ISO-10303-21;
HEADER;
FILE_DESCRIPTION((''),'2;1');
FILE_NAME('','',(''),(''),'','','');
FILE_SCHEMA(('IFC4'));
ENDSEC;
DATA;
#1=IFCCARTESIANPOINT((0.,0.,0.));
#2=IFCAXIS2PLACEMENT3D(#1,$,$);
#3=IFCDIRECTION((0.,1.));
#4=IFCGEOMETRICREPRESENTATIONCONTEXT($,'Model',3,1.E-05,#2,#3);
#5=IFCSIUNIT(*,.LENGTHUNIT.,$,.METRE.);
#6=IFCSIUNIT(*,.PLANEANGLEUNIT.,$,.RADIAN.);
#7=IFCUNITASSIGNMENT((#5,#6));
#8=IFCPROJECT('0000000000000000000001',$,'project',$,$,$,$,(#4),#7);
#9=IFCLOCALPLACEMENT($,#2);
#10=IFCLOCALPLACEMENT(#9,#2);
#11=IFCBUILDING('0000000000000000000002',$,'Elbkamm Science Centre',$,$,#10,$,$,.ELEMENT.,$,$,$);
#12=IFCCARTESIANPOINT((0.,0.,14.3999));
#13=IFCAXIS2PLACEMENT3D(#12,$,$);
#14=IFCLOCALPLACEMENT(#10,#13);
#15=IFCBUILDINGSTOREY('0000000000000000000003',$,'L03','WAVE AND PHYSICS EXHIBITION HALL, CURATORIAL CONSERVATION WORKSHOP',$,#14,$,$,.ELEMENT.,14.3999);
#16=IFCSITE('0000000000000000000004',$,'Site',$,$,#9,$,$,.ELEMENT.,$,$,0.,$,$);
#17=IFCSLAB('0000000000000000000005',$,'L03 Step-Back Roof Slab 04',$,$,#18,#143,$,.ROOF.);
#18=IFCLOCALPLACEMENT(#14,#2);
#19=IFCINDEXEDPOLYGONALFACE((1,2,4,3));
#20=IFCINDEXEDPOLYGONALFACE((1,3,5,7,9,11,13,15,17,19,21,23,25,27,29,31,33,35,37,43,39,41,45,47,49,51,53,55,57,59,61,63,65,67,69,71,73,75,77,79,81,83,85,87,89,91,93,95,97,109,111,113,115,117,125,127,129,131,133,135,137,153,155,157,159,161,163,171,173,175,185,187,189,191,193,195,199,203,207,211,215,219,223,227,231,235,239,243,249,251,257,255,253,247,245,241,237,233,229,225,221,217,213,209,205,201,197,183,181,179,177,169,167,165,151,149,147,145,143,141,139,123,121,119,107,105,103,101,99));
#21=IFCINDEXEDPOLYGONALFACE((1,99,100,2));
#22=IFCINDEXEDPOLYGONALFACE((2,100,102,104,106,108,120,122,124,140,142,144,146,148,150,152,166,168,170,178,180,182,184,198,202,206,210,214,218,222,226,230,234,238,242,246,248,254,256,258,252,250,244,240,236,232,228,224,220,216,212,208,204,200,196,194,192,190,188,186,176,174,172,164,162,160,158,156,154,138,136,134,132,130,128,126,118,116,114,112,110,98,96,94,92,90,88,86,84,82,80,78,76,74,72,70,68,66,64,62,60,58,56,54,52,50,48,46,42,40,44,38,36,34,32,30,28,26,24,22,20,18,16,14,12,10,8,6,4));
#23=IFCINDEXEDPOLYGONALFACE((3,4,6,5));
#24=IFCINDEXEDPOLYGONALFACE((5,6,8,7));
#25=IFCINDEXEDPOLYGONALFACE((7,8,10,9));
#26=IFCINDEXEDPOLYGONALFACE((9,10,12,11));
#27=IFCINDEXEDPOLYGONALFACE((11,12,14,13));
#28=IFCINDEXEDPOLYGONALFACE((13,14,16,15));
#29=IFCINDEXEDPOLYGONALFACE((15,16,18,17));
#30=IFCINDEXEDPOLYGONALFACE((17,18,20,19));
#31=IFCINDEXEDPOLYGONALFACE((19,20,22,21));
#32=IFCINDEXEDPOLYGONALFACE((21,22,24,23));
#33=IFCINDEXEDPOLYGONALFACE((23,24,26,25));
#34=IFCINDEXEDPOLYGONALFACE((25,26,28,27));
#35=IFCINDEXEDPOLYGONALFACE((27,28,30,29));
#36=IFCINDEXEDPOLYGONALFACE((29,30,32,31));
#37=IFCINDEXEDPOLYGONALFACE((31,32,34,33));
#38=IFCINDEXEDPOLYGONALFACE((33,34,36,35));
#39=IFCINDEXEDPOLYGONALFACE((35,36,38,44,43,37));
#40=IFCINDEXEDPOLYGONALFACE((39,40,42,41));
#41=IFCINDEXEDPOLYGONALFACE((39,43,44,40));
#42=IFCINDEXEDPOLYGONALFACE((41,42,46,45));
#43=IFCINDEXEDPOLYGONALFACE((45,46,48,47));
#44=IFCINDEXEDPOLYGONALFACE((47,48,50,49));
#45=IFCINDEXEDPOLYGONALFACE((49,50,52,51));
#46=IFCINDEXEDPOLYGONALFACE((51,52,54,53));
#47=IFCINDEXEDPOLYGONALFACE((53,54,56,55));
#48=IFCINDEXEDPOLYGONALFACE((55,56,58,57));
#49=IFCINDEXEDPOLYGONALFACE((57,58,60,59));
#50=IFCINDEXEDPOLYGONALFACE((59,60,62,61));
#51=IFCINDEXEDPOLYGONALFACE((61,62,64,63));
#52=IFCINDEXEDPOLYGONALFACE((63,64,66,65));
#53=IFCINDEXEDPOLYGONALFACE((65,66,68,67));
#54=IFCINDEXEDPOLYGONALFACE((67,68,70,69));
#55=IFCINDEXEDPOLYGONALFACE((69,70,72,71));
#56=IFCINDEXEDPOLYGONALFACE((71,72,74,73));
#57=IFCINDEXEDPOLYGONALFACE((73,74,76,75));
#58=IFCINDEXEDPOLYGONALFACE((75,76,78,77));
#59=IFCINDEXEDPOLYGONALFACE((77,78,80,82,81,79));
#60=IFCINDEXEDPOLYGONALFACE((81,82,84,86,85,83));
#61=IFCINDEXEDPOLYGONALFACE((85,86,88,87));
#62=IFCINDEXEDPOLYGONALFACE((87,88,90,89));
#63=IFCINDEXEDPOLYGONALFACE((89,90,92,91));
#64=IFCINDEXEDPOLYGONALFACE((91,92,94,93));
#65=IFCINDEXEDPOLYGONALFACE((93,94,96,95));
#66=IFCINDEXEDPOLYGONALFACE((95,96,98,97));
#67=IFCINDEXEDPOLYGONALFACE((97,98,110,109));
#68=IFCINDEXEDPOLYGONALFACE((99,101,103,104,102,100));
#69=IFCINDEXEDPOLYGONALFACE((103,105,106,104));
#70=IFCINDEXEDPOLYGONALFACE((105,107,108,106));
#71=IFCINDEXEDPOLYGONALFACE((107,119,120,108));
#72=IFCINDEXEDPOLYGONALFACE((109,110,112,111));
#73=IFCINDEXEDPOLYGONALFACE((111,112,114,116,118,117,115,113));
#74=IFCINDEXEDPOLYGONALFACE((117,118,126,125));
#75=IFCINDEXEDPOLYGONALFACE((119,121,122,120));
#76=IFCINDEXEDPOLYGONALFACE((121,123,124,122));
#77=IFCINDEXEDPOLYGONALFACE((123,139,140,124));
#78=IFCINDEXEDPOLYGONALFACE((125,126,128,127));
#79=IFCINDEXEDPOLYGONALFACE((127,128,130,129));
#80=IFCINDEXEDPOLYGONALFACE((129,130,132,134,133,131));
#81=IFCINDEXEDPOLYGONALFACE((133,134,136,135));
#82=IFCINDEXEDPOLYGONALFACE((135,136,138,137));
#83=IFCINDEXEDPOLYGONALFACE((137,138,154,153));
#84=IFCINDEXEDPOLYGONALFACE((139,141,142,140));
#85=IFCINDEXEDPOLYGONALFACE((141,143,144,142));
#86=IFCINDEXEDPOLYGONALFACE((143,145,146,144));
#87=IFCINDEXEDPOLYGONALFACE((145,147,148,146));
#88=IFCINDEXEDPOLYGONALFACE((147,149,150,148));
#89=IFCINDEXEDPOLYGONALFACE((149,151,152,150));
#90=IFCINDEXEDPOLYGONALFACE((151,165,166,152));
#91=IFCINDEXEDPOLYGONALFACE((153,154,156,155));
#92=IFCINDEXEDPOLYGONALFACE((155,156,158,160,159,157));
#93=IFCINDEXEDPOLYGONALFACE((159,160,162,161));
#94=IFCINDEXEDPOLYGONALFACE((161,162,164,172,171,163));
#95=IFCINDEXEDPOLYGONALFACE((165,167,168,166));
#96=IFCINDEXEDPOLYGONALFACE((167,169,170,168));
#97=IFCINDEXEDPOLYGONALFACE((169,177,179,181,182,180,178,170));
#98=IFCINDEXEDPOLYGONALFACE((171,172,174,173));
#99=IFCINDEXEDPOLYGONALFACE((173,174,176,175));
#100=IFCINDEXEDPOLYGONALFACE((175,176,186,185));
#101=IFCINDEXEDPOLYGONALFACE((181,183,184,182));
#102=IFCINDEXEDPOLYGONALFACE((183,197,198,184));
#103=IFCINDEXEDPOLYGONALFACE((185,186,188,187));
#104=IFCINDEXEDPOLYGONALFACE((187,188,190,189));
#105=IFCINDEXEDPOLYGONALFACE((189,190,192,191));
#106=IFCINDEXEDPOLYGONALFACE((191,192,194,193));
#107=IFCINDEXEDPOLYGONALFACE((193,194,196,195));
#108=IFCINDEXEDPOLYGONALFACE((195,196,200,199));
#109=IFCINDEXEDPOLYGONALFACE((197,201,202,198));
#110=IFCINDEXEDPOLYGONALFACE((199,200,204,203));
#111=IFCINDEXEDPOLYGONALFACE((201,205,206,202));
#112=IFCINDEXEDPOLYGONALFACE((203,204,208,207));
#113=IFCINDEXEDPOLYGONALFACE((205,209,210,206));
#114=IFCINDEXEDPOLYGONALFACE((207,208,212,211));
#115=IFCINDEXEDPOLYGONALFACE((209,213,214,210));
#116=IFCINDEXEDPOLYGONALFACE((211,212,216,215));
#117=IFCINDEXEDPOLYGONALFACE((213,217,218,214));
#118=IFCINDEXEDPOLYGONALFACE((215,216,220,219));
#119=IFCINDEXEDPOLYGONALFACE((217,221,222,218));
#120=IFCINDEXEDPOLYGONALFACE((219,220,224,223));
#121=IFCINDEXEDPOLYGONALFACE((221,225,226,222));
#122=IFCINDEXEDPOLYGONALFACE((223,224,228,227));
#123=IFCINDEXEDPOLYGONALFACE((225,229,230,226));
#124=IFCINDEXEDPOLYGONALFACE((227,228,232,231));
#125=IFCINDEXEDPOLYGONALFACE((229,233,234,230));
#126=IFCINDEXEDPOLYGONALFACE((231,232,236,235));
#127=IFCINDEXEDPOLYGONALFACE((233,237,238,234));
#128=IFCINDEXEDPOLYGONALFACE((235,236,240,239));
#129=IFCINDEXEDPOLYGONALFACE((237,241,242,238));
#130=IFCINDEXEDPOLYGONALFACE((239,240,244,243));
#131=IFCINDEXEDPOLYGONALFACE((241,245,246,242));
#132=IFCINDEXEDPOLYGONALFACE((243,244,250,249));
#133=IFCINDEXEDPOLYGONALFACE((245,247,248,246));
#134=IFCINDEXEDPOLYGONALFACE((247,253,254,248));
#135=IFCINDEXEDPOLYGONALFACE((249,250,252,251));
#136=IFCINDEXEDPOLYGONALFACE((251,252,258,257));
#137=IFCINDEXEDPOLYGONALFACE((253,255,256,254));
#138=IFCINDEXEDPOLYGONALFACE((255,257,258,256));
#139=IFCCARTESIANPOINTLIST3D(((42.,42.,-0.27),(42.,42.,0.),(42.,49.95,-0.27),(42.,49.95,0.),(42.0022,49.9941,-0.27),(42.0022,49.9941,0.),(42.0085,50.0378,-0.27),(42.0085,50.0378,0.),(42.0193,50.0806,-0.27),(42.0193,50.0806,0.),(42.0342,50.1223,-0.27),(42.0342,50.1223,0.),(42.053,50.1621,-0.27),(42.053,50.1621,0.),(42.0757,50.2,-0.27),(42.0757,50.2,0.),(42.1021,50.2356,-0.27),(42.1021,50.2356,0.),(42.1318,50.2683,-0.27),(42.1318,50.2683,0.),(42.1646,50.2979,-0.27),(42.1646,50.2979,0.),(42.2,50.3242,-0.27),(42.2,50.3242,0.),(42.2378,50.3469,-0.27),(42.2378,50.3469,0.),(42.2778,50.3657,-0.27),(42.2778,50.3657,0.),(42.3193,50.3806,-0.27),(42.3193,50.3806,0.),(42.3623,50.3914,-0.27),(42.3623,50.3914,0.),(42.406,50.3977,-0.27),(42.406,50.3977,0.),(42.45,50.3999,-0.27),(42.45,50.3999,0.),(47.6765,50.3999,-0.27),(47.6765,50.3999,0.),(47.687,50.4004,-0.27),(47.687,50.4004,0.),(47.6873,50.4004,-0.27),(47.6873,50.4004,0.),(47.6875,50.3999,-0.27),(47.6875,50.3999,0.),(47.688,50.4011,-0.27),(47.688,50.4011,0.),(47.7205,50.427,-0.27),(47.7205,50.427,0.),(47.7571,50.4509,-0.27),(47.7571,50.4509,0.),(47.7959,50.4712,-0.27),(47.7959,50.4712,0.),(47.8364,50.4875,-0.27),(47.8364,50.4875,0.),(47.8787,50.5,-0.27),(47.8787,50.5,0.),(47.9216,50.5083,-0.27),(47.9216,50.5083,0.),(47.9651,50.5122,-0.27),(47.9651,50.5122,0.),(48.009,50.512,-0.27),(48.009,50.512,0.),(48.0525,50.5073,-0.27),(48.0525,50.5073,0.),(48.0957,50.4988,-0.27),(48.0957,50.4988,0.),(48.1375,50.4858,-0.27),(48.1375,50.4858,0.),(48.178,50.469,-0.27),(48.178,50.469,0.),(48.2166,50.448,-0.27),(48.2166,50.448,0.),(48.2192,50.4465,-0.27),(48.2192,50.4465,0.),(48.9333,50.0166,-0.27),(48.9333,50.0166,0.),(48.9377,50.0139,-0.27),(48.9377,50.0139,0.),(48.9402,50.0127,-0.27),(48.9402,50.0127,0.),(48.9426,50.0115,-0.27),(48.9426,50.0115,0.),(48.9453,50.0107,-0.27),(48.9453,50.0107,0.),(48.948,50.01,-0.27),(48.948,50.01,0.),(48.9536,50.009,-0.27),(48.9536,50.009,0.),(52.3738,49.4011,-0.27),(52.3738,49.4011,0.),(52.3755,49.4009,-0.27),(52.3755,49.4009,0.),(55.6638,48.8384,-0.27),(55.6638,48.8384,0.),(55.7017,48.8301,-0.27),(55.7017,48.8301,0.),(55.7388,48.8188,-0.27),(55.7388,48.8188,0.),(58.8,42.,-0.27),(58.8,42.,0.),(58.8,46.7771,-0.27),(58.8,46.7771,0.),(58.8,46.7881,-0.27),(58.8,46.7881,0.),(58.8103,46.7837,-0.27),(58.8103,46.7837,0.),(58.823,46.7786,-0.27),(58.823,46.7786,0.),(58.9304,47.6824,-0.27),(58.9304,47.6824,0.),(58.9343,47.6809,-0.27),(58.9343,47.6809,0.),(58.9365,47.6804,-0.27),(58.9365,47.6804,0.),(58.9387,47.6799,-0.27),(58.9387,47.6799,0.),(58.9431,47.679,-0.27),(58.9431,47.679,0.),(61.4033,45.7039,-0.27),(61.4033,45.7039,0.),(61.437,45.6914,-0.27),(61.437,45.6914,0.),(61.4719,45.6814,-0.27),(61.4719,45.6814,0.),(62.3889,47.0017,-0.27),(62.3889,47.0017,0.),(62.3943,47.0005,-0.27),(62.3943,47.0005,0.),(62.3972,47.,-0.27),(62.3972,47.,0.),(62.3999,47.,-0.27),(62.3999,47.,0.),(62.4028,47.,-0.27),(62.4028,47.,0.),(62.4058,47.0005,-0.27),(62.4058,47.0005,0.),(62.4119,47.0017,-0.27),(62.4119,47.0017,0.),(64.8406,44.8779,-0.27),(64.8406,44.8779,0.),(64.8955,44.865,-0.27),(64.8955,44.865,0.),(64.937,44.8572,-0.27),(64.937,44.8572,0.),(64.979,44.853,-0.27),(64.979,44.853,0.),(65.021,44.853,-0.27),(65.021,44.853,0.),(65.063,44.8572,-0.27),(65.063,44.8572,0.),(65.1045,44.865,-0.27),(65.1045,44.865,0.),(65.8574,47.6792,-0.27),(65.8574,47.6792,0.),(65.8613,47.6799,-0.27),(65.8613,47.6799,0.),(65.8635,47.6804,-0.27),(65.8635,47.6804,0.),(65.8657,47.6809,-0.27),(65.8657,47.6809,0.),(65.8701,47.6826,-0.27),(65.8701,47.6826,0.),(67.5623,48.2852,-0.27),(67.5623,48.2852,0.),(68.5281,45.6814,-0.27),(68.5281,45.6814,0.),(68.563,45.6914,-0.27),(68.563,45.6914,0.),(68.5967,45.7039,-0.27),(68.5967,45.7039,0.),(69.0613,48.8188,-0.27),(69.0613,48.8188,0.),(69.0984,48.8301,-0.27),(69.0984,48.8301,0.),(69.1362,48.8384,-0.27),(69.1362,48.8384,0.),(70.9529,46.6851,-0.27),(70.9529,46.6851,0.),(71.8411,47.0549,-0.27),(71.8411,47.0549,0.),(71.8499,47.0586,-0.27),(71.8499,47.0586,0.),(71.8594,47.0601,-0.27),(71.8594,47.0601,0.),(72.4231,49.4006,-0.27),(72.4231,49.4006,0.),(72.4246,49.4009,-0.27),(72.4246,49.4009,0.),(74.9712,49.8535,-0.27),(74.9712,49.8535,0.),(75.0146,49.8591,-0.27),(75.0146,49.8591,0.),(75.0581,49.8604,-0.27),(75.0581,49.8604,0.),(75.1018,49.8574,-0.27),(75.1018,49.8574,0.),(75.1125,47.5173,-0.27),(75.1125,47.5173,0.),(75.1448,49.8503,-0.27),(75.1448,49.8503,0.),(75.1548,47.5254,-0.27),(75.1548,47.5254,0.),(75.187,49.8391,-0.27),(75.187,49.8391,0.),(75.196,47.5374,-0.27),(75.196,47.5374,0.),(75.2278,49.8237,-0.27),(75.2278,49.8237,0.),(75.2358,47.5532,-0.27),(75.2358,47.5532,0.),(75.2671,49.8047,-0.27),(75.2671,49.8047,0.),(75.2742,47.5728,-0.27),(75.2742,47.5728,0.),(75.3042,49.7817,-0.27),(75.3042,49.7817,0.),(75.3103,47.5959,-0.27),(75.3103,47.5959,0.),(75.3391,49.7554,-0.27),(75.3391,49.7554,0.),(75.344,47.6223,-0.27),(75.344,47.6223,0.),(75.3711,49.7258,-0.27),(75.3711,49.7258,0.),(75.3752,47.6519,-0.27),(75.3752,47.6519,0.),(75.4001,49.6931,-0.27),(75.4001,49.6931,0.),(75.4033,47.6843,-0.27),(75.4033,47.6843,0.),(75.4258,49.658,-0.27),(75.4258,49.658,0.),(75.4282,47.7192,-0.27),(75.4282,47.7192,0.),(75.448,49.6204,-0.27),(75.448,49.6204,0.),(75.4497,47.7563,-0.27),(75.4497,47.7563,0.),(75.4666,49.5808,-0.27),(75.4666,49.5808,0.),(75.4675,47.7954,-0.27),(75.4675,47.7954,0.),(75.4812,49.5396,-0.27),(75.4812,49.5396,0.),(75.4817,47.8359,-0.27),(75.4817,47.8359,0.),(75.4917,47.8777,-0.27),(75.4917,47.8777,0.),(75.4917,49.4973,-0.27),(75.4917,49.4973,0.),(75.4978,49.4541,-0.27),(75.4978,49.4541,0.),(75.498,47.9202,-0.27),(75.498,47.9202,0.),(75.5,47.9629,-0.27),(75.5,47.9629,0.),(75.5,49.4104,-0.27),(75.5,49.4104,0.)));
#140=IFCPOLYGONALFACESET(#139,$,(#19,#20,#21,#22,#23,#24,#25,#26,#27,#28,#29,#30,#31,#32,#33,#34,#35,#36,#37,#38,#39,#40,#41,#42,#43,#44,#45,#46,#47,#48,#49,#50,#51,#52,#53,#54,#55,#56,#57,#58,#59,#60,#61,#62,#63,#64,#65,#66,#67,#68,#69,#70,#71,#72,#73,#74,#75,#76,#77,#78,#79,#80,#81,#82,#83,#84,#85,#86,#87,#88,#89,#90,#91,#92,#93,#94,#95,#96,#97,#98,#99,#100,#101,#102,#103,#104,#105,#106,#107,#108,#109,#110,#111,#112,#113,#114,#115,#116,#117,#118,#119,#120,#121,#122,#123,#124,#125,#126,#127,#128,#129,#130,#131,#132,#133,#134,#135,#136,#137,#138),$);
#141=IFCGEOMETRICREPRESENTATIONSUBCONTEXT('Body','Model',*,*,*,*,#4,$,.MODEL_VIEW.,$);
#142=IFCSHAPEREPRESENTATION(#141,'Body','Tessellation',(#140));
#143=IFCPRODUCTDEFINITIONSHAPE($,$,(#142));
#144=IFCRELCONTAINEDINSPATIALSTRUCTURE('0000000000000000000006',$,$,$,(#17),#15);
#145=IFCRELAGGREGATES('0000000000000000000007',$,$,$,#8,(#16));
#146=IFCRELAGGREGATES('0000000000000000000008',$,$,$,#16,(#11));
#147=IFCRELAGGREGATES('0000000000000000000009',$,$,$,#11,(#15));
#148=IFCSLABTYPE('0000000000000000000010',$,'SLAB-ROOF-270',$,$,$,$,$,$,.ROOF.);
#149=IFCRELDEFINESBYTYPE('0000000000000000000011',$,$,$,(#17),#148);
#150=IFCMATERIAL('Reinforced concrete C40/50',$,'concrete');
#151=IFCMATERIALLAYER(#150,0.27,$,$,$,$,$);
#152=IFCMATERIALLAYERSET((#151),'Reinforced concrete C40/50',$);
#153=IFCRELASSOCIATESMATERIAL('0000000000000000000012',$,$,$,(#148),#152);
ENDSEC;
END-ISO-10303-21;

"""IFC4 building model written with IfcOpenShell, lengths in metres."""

from ifc_helpers import new_model, si_unit, direction, frame, origin, place, context, subcontext, project, spatial, polyline, outline, extrude, material, layer, layer_set, type_object, element, save


model = new_model("IFC4")

# Units and contexts
model_context = context("Model", 3, precision=1e-05, world=origin(), true_north=direction((0.0, 1.0)))
body_context = subcontext(model_context, "Body", "Model", "MODEL_VIEW")
ifc_project = project(units=[si_unit("LENGTHUNIT", "METRE"), si_unit("PLANEANGLEUNIT", "RADIAN")], contexts=[model_context])

# Site, building, storey
site_placement = place(None, origin())
site = spatial("IfcSite", under=ifc_project, at=site_placement, Name="Site", CompositionType="ELEMENT", RefElevation=0.0)
building_placement = place(site_placement, origin())
building = spatial("IfcBuilding", under=site, at=building_placement, Name="Elbkamm Science Centre", CompositionType="ELEMENT")
storey_placement = place(building_placement, frame((0.0, 0.0, 14.3999)))
storey = spatial("IfcBuildingStorey", under=building, at=storey_placement, Name="L03", Description="WAVE AND PHYSICS EXHIBITION HALL, CURATORIAL CONSERVATION WORKSHOP", CompositionType="ELEMENT", Elevation=14.3999)

# Shared definitions
ifc_material_1 = material(Name="Reinforced concrete C40/50", Category="concrete")

# Shared definitions
ifc_layer_1 = layer(ifc_material_1, 0.27)
ifc_layer_set_1 = layer_set([ifc_layer_1], Name="Reinforced concrete C40/50")
slab_type_1 = type_object("IfcSlabType", Name="SLAB-ROOF-270", PredefinedType="ROOF", material=ifc_layer_set_1)

# Slab
slab_1_placement = place(storey_placement, frame((0.0, 0.0, -0.27)))
element("IfcSlab", 1, at=slab_1_placement, inside=storey, type_object=slab_type_1, Name="L03 Step-Back Roof Slab 04", PredefinedType="ROOF", context=body_context, shape_type="SweptSolid", body=[
    extrude(outline(polyline([(42.0, 49.95), (42.0022, 49.9941), (42.0085, 50.0378), (42.0193, 50.0806), (42.0342, 50.1223), (42.053, 50.1621), (42.0757, 50.2), (42.1021, 50.2356), (42.1318, 50.2683), (42.1646, 50.2979), (42.2, 50.3242), (42.2378, 50.3469), (42.2778, 50.3657), (42.3193, 50.3806), (42.3623, 50.3914), (42.406, 50.3977), (42.45, 50.3999), (47.6765, 50.3999), (47.6875, 50.3999), (47.687, 50.4004), (47.6873, 50.4004), (47.688, 50.4011), (47.7205, 50.427), (47.7571, 50.4509), (47.7959, 50.4712), (47.8364, 50.4875), (47.8787, 50.5), (47.9216, 50.5083), (47.9651, 50.5122), (48.009, 50.512), (48.0525, 50.5073), (48.0957, 50.4988), (48.1375, 50.4858), (48.178, 50.469), (48.2166, 50.448), (48.2192, 50.4465), (48.9333, 50.0166), (48.9377, 50.0139), (48.9402, 50.0127), (48.9426, 50.0115), (48.9453, 50.0107), (48.948, 50.01), (48.9536, 50.009), (52.3738, 49.4011), (52.3755, 49.4009), (52.3755, 49.4009), (55.6638, 48.8384), (55.6638, 48.8384), (55.7017, 48.8301), (55.7388, 48.8188), (58.9304, 47.6824), (58.9343, 47.6809), (58.9365, 47.6804), (58.9387, 47.6799), (58.9431, 47.679), (62.3889, 47.0017), (62.3943, 47.0005), (62.3972, 47.0), (62.3999, 47.0), (62.4028, 47.0), (62.4058, 47.0005), (62.4119, 47.0017), (65.8574, 47.6792), (65.8613, 47.6799), (65.8635, 47.6804), (65.8657, 47.6809), (65.8701, 47.6826), (67.5623, 48.2852), (69.0613, 48.8188), (69.0984, 48.8301), (69.1362, 48.8384), (72.4231, 49.4006), (72.4246, 49.4009), (72.4246, 49.4009), (74.9712, 49.8535), (74.9712, 49.8535), (75.0146, 49.8591), (75.0581, 49.8604), (75.1018, 49.8574), (75.1448, 49.8503), (75.187, 49.8391), (75.2278, 49.8237), (75.2671, 49.8047), (75.3042, 49.7817), (75.3391, 49.7554), (75.3711, 49.7258), (75.4001, 49.6931), (75.4258, 49.658), (75.448, 49.6204), (75.4666, 49.5808), (75.4812, 49.5396), (75.4917, 49.4973), (75.4978, 49.4541), (75.5, 49.4104), (75.5, 47.9629), (75.498, 47.9202), (75.4917, 47.8777), (75.4817, 47.8359), (75.4675, 47.7954), (75.4497, 47.7563), (75.4282, 47.7192), (75.4033, 47.6843), (75.3752, 47.6519), (75.344, 47.6223), (75.3103, 47.5959), (75.2742, 47.5728), (75.2358, 47.5532), (75.196, 47.5374), (75.1548, 47.5254), (75.1125, 47.5173), (71.8594, 47.0601), (71.8499, 47.0586), (71.8411, 47.0549), (70.9529, 46.6851), (68.5967, 45.7039), (68.563, 45.6914), (68.5281, 45.6814), (65.1045, 44.865), (65.063, 44.8572), (65.021, 44.853), (64.979, 44.853), (64.937, 44.8572), (64.8955, 44.865), (64.8406, 44.8779), (61.4719, 45.6814), (61.437, 45.6914), (61.4033, 45.7039), (58.823, 46.7786), (58.8103, 46.7837), (58.8, 46.7881), (58.8, 46.7771), (58.8, 42.0), (42.0, 42.0), (42.0, 49.95)])), origin(), (0.0, 0.0, 1.0), 0.27),
])

save(model, "model.ifc")
